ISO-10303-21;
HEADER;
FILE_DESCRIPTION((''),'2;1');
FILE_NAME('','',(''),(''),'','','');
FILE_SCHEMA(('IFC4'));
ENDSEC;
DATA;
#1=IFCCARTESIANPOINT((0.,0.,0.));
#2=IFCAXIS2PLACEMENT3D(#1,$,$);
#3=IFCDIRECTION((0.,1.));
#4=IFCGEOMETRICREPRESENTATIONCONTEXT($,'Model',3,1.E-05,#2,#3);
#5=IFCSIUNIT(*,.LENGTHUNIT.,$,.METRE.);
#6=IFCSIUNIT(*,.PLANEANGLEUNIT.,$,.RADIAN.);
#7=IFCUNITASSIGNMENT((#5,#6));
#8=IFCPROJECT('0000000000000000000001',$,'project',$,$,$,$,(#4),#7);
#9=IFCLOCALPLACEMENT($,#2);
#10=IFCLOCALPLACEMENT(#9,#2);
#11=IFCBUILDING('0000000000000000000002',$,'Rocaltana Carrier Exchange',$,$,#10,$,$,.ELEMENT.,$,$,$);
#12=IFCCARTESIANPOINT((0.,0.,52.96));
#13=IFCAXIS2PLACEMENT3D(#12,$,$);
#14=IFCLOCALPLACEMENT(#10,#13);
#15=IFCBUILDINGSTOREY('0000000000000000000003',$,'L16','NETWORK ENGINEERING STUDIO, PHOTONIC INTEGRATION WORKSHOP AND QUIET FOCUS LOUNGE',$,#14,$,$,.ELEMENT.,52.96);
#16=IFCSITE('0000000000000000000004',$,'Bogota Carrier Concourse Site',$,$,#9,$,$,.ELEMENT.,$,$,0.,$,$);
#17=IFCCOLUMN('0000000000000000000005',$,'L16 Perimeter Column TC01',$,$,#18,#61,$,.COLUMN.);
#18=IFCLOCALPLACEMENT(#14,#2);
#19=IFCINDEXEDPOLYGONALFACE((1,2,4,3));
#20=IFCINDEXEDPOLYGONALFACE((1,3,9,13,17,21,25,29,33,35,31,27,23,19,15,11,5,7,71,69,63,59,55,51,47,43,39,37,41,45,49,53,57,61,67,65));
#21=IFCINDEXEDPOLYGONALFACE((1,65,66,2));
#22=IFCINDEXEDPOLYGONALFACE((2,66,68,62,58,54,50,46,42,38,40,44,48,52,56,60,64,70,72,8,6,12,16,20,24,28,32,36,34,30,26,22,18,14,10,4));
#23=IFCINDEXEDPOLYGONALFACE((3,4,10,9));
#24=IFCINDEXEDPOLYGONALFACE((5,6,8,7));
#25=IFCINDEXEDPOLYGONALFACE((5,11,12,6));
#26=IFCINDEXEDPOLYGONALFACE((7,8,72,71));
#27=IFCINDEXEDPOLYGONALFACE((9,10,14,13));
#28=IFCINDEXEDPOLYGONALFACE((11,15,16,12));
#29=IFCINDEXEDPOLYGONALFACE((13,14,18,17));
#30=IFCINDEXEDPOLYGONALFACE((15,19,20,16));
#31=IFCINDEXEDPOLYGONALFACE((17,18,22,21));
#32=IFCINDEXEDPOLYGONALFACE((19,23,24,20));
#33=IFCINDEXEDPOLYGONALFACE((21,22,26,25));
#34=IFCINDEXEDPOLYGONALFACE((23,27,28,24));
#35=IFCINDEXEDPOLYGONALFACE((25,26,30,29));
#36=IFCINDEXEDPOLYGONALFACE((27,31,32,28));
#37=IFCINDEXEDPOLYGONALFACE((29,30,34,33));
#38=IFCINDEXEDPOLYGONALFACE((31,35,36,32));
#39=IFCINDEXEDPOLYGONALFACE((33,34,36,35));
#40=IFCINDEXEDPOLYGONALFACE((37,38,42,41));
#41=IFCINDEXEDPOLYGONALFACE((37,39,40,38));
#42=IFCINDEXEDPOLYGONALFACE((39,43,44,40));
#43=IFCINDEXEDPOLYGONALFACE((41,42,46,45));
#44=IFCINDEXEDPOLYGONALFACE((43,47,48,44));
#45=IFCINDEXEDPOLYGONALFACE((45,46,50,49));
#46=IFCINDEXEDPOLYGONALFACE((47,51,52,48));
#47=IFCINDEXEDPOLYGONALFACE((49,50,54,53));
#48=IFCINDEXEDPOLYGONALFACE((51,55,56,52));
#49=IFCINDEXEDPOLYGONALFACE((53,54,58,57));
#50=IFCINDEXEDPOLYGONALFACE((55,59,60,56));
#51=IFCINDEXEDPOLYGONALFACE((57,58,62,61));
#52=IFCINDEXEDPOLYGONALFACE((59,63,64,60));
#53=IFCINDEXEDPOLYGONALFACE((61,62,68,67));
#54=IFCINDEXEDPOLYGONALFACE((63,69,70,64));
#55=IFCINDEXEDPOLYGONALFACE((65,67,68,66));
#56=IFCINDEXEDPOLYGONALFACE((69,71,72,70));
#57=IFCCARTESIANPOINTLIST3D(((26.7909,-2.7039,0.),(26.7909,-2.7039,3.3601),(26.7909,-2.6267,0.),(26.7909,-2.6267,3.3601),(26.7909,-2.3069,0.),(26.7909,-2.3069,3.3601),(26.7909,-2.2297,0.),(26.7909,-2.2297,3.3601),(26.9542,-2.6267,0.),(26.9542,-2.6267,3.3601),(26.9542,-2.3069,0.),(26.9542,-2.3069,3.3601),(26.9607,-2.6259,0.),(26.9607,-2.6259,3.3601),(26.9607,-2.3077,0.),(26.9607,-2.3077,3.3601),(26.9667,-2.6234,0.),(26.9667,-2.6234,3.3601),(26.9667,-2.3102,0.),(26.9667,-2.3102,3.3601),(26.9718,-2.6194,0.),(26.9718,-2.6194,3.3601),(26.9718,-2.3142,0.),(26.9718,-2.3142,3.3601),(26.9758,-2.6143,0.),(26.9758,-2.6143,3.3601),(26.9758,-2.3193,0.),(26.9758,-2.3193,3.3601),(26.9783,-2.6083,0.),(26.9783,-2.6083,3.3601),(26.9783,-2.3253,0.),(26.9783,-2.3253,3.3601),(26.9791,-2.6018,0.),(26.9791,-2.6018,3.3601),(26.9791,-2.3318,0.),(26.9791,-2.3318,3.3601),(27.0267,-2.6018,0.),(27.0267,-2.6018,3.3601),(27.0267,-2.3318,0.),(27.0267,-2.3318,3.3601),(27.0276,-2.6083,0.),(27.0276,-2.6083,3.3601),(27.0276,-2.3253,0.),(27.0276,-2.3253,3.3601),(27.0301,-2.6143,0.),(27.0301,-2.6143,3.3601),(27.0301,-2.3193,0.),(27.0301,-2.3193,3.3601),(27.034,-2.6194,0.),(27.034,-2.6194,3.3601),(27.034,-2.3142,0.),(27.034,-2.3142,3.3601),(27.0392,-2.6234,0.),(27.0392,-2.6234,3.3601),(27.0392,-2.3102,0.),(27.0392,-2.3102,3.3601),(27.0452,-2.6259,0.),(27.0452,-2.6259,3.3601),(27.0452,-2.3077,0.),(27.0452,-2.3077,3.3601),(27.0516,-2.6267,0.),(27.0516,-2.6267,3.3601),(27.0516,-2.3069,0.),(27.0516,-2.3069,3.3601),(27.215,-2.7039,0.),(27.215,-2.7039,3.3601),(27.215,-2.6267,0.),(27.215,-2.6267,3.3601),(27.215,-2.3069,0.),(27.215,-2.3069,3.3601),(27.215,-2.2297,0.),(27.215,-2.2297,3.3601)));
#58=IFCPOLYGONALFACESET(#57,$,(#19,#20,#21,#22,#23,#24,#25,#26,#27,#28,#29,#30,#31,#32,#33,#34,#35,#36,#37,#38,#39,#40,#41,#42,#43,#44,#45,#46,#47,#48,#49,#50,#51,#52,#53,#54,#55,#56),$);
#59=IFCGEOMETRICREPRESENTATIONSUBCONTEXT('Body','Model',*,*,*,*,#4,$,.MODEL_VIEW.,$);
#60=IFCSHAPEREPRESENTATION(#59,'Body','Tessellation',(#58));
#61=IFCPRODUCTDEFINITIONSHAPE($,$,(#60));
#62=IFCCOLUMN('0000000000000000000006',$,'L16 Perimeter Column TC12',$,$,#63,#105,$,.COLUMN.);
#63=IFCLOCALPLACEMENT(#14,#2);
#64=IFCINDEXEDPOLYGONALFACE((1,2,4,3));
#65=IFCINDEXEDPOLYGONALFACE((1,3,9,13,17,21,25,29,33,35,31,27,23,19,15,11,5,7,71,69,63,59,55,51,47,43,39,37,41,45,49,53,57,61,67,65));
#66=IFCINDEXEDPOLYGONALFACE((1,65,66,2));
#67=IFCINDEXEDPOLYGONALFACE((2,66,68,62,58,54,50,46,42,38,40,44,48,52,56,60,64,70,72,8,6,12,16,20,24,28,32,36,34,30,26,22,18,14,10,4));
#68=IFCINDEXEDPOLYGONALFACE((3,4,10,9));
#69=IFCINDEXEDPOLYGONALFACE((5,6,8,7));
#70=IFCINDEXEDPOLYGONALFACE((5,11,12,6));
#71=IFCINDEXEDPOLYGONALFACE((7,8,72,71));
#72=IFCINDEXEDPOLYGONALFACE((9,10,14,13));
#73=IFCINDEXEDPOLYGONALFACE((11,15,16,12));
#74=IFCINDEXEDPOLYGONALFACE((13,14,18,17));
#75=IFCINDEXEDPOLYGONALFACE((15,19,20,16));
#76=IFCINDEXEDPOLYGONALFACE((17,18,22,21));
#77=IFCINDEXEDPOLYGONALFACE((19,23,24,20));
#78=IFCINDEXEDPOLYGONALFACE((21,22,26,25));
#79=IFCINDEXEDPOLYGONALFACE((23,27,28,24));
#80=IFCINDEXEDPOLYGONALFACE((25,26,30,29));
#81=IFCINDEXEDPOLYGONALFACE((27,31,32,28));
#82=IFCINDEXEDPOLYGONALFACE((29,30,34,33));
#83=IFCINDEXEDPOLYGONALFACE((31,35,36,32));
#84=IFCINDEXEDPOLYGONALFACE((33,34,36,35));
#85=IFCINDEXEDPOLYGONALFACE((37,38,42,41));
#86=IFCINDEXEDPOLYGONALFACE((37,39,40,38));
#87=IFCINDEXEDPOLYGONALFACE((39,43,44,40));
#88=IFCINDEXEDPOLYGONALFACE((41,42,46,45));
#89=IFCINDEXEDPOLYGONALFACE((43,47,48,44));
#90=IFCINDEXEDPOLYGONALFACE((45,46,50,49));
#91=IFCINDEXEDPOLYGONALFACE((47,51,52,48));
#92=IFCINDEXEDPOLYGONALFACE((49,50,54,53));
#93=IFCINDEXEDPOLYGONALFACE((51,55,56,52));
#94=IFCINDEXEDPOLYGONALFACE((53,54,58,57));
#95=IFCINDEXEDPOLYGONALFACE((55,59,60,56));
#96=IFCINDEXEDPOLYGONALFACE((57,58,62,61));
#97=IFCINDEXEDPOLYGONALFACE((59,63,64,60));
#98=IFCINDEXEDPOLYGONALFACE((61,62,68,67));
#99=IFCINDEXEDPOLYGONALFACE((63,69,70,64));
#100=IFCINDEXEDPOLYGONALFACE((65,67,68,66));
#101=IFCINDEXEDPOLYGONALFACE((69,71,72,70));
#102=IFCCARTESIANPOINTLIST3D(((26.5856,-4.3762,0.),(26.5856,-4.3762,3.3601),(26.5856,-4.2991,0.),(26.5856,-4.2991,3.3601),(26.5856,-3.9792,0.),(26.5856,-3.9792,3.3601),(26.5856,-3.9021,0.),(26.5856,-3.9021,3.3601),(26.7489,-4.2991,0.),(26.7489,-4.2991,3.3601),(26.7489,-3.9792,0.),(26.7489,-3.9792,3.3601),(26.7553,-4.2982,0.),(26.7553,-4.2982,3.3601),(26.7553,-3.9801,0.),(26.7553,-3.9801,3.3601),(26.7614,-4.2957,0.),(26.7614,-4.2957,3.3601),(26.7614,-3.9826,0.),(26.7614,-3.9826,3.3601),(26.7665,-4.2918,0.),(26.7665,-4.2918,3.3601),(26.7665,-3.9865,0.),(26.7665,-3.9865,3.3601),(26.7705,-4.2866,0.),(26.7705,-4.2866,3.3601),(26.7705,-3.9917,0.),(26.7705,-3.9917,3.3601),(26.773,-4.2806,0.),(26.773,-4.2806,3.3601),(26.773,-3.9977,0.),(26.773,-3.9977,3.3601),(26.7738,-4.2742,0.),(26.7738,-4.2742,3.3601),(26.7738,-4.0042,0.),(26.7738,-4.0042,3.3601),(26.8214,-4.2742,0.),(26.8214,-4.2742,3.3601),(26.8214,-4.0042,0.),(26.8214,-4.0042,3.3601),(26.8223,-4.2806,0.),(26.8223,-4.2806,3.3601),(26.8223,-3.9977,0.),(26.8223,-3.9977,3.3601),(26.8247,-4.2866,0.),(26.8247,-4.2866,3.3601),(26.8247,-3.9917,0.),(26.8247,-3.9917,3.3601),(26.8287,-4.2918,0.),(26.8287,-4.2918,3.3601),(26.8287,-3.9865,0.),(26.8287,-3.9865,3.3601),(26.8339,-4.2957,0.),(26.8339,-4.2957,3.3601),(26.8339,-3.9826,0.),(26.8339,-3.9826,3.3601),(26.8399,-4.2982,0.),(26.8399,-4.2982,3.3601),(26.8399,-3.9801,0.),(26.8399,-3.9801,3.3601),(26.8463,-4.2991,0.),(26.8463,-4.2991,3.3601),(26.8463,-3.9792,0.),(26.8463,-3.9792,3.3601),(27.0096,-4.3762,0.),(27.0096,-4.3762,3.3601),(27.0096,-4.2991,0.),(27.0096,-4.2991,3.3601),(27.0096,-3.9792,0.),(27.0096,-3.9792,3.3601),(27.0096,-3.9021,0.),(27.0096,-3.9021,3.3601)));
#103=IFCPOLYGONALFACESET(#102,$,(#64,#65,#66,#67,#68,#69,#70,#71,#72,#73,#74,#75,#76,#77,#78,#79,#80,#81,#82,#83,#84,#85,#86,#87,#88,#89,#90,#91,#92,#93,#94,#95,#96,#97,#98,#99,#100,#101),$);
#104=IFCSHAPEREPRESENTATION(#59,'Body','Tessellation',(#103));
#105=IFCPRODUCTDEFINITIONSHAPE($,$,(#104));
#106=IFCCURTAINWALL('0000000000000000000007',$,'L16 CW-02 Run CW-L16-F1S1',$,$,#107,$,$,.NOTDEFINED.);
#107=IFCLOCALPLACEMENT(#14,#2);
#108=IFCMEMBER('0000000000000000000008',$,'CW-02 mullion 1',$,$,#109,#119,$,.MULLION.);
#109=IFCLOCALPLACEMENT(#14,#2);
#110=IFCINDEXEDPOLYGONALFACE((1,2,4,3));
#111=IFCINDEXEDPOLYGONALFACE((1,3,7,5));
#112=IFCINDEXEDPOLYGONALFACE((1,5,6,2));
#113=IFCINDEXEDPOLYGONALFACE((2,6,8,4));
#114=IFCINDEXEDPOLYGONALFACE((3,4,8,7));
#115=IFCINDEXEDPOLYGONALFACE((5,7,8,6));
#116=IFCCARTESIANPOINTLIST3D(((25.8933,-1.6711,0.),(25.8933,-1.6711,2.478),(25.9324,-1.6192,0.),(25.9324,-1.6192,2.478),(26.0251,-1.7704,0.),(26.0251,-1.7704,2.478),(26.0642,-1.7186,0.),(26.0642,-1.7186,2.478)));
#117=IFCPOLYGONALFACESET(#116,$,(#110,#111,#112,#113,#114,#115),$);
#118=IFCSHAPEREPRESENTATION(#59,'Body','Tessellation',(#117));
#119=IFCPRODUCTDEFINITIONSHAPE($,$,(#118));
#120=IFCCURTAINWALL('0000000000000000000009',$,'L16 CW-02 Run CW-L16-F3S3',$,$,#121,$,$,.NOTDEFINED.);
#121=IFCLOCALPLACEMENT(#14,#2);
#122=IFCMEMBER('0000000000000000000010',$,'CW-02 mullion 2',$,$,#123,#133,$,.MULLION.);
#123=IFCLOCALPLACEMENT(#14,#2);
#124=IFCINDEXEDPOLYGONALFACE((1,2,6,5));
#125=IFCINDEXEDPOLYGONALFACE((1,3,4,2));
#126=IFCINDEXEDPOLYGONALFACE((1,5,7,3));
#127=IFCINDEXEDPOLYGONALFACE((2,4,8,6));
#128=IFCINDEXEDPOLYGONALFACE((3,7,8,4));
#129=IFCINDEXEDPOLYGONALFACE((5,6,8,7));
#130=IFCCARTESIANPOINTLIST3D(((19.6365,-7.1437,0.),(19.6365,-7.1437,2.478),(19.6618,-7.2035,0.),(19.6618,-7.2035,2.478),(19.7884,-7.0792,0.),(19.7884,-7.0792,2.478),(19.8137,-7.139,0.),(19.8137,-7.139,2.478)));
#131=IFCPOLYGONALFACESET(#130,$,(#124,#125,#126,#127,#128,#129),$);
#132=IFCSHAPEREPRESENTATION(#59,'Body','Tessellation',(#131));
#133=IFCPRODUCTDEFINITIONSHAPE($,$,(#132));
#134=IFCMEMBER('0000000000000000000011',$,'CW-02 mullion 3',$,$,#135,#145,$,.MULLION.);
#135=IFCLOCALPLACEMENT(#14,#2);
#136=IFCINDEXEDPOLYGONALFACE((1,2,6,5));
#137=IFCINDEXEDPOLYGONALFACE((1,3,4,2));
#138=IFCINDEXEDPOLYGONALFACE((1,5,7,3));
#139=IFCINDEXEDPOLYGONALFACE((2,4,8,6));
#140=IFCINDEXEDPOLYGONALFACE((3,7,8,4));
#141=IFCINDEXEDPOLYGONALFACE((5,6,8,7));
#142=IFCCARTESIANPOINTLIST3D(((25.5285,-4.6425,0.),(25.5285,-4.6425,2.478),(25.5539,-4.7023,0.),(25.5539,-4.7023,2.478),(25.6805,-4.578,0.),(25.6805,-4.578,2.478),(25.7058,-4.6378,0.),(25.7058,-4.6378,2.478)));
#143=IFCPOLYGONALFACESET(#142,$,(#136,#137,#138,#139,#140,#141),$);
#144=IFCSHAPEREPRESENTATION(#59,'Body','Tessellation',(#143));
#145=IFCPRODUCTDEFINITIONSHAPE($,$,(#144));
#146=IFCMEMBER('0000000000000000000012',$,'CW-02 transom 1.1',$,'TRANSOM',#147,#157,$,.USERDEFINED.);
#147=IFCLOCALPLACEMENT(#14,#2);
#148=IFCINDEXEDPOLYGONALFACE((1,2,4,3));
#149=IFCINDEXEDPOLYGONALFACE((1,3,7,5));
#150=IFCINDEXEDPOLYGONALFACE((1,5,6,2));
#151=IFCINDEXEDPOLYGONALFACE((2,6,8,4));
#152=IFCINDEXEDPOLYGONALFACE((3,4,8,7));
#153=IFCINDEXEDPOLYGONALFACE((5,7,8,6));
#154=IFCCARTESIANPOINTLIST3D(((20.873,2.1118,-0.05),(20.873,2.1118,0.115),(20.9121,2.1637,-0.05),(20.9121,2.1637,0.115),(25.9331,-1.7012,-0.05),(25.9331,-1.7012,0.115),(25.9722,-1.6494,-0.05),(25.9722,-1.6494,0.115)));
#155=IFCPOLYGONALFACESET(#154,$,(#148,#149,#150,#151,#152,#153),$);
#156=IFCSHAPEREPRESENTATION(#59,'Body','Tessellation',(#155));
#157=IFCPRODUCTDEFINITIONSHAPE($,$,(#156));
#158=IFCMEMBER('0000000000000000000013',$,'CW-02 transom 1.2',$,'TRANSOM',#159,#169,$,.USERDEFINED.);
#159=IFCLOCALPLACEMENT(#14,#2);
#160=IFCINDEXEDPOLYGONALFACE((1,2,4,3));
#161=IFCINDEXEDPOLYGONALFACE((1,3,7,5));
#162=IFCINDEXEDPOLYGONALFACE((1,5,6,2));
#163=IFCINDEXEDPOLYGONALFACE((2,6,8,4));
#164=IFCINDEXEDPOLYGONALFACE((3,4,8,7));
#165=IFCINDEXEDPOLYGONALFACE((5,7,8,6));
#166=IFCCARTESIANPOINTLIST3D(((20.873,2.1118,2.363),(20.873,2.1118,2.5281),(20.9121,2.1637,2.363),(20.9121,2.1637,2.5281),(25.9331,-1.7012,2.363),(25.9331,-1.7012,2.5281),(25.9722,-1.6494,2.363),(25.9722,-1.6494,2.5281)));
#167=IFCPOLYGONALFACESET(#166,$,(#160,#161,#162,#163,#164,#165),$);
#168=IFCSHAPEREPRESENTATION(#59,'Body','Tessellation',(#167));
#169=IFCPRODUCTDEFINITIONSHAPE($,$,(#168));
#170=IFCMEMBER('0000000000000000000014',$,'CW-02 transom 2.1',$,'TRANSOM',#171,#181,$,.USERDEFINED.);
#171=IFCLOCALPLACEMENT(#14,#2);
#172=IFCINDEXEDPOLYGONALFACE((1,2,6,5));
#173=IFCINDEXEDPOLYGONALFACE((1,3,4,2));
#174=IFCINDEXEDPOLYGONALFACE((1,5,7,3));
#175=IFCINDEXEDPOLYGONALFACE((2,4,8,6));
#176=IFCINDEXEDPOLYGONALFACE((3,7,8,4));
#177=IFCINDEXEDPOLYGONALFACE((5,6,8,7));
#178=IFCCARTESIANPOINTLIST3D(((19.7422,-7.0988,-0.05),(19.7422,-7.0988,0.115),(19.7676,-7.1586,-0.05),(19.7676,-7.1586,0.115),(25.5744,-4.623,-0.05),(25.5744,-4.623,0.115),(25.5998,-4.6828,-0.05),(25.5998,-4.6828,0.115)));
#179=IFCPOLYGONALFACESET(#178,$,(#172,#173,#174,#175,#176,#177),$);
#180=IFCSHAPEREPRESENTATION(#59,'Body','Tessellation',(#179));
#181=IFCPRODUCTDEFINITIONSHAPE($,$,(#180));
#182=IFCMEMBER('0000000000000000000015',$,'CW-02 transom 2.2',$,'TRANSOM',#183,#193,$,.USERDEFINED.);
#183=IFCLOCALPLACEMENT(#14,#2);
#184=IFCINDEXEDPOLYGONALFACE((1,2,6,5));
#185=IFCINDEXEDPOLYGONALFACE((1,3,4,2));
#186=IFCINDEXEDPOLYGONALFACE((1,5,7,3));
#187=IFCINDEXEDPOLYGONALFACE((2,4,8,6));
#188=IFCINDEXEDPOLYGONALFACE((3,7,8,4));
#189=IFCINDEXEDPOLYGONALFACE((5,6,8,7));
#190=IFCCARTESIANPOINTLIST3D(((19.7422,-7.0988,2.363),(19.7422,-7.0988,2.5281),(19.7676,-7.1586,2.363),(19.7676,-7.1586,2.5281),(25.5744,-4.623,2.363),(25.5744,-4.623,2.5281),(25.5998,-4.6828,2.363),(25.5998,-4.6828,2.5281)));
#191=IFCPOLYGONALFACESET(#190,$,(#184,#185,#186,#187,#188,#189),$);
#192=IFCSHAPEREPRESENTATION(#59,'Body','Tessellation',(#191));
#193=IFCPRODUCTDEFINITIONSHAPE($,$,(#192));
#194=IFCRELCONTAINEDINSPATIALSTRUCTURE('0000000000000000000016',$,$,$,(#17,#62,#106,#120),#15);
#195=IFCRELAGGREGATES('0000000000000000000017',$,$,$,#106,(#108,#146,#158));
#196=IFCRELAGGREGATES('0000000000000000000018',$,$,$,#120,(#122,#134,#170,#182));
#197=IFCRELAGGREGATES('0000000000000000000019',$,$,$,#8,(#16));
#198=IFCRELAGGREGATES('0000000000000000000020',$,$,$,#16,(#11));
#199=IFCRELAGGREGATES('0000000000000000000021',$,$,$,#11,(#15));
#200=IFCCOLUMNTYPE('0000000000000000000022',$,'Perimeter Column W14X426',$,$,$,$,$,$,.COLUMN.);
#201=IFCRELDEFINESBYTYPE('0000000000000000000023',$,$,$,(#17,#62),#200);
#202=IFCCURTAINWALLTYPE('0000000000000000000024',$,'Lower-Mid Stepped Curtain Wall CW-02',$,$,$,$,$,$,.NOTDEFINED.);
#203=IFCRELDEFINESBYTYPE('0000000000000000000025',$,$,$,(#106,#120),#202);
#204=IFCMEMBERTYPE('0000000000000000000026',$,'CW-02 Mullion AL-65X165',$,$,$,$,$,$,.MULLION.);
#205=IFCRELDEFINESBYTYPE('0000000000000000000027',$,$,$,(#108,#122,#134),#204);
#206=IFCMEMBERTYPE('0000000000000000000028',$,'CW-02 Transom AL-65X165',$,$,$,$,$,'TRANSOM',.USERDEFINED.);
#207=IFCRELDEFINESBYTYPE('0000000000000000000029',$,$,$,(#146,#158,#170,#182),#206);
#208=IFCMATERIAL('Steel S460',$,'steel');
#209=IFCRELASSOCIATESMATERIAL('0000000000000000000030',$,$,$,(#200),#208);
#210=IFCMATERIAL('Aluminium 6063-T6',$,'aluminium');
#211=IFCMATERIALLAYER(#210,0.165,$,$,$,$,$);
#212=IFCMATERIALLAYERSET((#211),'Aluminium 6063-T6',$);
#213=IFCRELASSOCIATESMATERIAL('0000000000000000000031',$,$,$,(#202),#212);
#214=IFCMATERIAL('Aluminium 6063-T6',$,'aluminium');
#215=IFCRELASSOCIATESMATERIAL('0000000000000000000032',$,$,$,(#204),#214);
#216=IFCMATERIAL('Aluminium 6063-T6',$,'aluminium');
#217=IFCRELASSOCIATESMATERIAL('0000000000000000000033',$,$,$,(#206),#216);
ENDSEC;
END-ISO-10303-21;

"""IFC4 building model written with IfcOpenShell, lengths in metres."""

from ifc_helpers import new_model, si_unit, direction, frame, origin, origin_2d, place, context, subcontext, project, spatial, rectangle, i_section, extrude, material, layer, layer_set, material_profile, profile_set, type_object, element, aggregate, save


model = new_model("IFC4")

# Units and contexts
model_context = context("Model", 3, precision=1e-05, world=origin(), true_north=direction((0.0, 1.0)))
body_context = subcontext(model_context, "Body", "Model", "MODEL_VIEW")
ifc_project = project(units=[si_unit("LENGTHUNIT", "METRE"), si_unit("PLANEANGLEUNIT", "RADIAN")], contexts=[model_context])

# Site, building, storey
site_placement = place(None, origin())
site = spatial("IfcSite", under=ifc_project, at=site_placement, Name="Bogota Carrier Concourse Site", CompositionType="ELEMENT", RefElevation=0.0)
building_placement = place(site_placement, origin())
building = spatial("IfcBuilding", under=site, at=building_placement, Name="Rocaltana Carrier Exchange", CompositionType="ELEMENT")
storey_placement = place(building_placement, frame((0.0, 0.0, 52.96)))
storey = spatial("IfcBuildingStorey", under=building, at=storey_placement, Name="L16", Description="NETWORK ENGINEERING STUDIO, PHOTONIC INTEGRATION WORKSHOP AND QUIET FOCUS LOUNGE", CompositionType="ELEMENT", Elevation=52.96)

# Columns
ifc_material_1 = material(Name="Steel S460", Category="steel")
ifc_material_profile_1 = material_profile(ifc_material_1, i_section(OverallWidth=0.4241, OverallDepth=0.4741, WebThickness=0.0476, FlangeThickness=0.0771, FilletRadius=0.0249, at=origin_2d()), Name="W14X426")
ifc_profile_set_1 = profile_set([ifc_material_profile_1], Name="Steel S460")
column_type = type_object("IfcColumnType", Name="Perimeter Column W14X426", PredefinedType="COLUMN", material=ifc_profile_set_1)
for number, where, z_axis, x_axis, name in (
    (1, (27.0029, -2.4668, 0.0), (0.0, 0.0, 1.0), (1.0, 0.0, 0.0), "L16 Perimeter Column TC01"),
    (2, (26.7976, -4.1392, 0.0), (0.0, 0.0, 1.0), (1.0, 0.0, 0.0), "L16 Perimeter Column TC12"),
):
    element("IfcColumn", number, at=place(storey_placement, frame(where, z_axis=z_axis, x_axis=x_axis)), inside=storey, type_object=column_type, Name=name, PredefinedType="COLUMN", context=body_context, shape_type="SweptSolid", body=[
        extrude(i_section(OverallWidth=0.4241, OverallDepth=0.4741, WebThickness=0.0476, FlangeThickness=0.0771, FilletRadius=0.0249, at=origin_2d()), origin(), (0.0, 0.0, 1.0), 3.3601),
    ])

# Curtain wall, member
ifc_material_2 = material(Name="Aluminium 6063-T6", Category="aluminium")
ifc_layer_1 = layer(ifc_material_2, 0.165)
ifc_layer_set_1 = layer_set([ifc_layer_1], Name="Aluminium 6063-T6")
curtain_wall_type = type_object("IfcCurtainWallType", Name="Lower-Mid Stepped Curtain Wall CW-02", PredefinedType="NOTDEFINED", material=ifc_layer_set_1)
curtain_wall_1_placement = place(storey_placement, origin())
curtain_wall_1 = element("IfcCurtainWall", 3, at=curtain_wall_1_placement, inside=storey, type_object=curtain_wall_type, Name="L16 CW-02 Run CW-L16-F1S1", PredefinedType="NOTDEFINED")
ifc_material_3 = material(Name="Aluminium 6063-T6", Category="aluminium")
ifc_material_profile_2 = material_profile(ifc_material_3, rectangle(XDim=0.0649, YDim=0.165, at=origin_2d()), Name="AL-65X165")
ifc_profile_set_2 = profile_set([ifc_material_profile_2], Name="Aluminium 6063-T6")
member_type_1 = type_object("IfcMemberType", Name="CW-02 Mullion AL-65X165", PredefinedType="MULLION", material=ifc_profile_set_2)
member_1_placement = place(storey_placement, frame((25.9788, -1.6948, 0.0), z_axis=(0.0, 0.0, 1.0), x_axis=(-0.601807, -0.798642, 0.0)))
member_1 = element("IfcMember", 4, at=member_1_placement, type_object=member_type_1, Name="CW-02 mullion 1", PredefinedType="MULLION", context=body_context, shape_type="SweptSolid", body=[
    extrude(rectangle(XDim=0.0649, YDim=0.165, at=origin_2d()), origin(), (0.0, 0.0, 1.0), 2.478),
])

# Curtain wall, members
curtain_wall_2_placement = place(storey_placement, origin())
curtain_wall_2 = element("IfcCurtainWall", 5, at=curtain_wall_2_placement, inside=storey, type_object=curtain_wall_type, Name="L16 CW-02 Run CW-L16-F3S3", PredefinedType="NOTDEFINED")
member_2_placement = place(storey_placement, frame((19.7251, -7.1414, 0.0), z_axis=(0.0, 0.0, 1.0), x_axis=(-0.390735, 0.920503, 0.0)))
member_2 = element("IfcMember", 6, at=member_2_placement, type_object=member_type_1, Name="CW-02 mullion 2", PredefinedType="MULLION", context=body_context, shape_type="SweptSolid", body=[
    extrude(rectangle(XDim=0.0649, YDim=0.165, at=origin_2d()), origin(), (0.0, 0.0, 1.0), 2.478),
])
member_3_placement = place(storey_placement, frame((25.6172, -4.6401, 0.0), z_axis=(0.0, 0.0, 1.0), x_axis=(-0.390735, 0.920503, 0.0)))
member_3 = element("IfcMember", 7, at=member_3_placement, type_object=member_type_1, Name="CW-02 mullion 3", PredefinedType="MULLION", context=body_context, shape_type="SweptSolid", body=[
    extrude(rectangle(XDim=0.0649, YDim=0.165, at=origin_2d()), origin(), (0.0, 0.0, 1.0), 2.478),
])

# Members
ifc_material_4 = material(Name="Aluminium 6063-T6", Category="aluminium")
ifc_material_profile_3 = material_profile(ifc_material_4, rectangle(XDim=0.0649, YDim=0.165, at=origin_2d()), Name="AL-65X165")
ifc_profile_set_3 = profile_set([ifc_material_profile_3], Name="Aluminium 6063-T6")
member_type_2 = type_object("IfcMemberType", Name="CW-02 Transom AL-65X165", ElementType="TRANSOM", PredefinedType="USERDEFINED", material=ifc_profile_set_3)
member_4_placement = place(storey_placement, frame((25.9526, -1.6753, 0.0325), z_axis=(-0.798638, 0.601811, 0.0), x_axis=(-0.601811, -0.798638, 0.0)))
member_4 = element("IfcMember", 8, at=member_4_placement, type_object=member_type_2, Name="CW-02 transom 1.1", ObjectType="TRANSOM", PredefinedType="USERDEFINED", context=body_context, shape_type="SweptSolid", body=[
    extrude(rectangle(XDim=0.0649, YDim=0.165, at=origin_2d()), origin(), (0.0, 0.0, 1.0), 6.3359),
])
member_5_placement = place(storey_placement, frame((25.9526, -1.6753, 2.4456), z_axis=(-0.798638, 0.601811, 0.0), x_axis=(-0.601811, -0.798638, 0.0)))
member_5 = element("IfcMember", 9, at=member_5_placement, type_object=member_type_2, Name="CW-02 transom 1.2", ObjectType="TRANSOM", PredefinedType="USERDEFINED", context=body_context, shape_type="SweptSolid", body=[
    extrude(rectangle(XDim=0.0649, YDim=0.165, at=origin_2d()), origin(), (0.0, 0.0, 1.0), 6.3359),
])
aggregate(curtain_wall_1, [member_1, member_4, member_5])
member_6_placement = place(storey_placement, frame((19.7549, -7.1287, 0.0325), z_axis=(0.920495, 0.390755, 0.0), x_axis=(-0.390755, 0.920495, 0.0)))
member_6 = element("IfcMember", 10, at=member_6_placement, type_object=member_type_2, Name="CW-02 transom 2.1", ObjectType="TRANSOM", PredefinedType="USERDEFINED", context=body_context, shape_type="SweptSolid", body=[
    extrude(rectangle(XDim=0.0649, YDim=0.165, at=origin_2d()), origin(), (0.0, 0.0, 1.0), 6.3359),
])
member_7_placement = place(storey_placement, frame((19.7549, -7.1287, 2.4456), z_axis=(0.920495, 0.390755, 0.0), x_axis=(-0.390755, 0.920495, 0.0)))
member_7 = element("IfcMember", 11, at=member_7_placement, type_object=member_type_2, Name="CW-02 transom 2.2", ObjectType="TRANSOM", PredefinedType="USERDEFINED", context=body_context, shape_type="SweptSolid", body=[
    extrude(rectangle(XDim=0.0649, YDim=0.165, at=origin_2d()), origin(), (0.0, 0.0, 1.0), 6.3359),
])

aggregate(curtain_wall_2, [member_2, member_3, member_6, member_7])

save(model, "model.ifc")
